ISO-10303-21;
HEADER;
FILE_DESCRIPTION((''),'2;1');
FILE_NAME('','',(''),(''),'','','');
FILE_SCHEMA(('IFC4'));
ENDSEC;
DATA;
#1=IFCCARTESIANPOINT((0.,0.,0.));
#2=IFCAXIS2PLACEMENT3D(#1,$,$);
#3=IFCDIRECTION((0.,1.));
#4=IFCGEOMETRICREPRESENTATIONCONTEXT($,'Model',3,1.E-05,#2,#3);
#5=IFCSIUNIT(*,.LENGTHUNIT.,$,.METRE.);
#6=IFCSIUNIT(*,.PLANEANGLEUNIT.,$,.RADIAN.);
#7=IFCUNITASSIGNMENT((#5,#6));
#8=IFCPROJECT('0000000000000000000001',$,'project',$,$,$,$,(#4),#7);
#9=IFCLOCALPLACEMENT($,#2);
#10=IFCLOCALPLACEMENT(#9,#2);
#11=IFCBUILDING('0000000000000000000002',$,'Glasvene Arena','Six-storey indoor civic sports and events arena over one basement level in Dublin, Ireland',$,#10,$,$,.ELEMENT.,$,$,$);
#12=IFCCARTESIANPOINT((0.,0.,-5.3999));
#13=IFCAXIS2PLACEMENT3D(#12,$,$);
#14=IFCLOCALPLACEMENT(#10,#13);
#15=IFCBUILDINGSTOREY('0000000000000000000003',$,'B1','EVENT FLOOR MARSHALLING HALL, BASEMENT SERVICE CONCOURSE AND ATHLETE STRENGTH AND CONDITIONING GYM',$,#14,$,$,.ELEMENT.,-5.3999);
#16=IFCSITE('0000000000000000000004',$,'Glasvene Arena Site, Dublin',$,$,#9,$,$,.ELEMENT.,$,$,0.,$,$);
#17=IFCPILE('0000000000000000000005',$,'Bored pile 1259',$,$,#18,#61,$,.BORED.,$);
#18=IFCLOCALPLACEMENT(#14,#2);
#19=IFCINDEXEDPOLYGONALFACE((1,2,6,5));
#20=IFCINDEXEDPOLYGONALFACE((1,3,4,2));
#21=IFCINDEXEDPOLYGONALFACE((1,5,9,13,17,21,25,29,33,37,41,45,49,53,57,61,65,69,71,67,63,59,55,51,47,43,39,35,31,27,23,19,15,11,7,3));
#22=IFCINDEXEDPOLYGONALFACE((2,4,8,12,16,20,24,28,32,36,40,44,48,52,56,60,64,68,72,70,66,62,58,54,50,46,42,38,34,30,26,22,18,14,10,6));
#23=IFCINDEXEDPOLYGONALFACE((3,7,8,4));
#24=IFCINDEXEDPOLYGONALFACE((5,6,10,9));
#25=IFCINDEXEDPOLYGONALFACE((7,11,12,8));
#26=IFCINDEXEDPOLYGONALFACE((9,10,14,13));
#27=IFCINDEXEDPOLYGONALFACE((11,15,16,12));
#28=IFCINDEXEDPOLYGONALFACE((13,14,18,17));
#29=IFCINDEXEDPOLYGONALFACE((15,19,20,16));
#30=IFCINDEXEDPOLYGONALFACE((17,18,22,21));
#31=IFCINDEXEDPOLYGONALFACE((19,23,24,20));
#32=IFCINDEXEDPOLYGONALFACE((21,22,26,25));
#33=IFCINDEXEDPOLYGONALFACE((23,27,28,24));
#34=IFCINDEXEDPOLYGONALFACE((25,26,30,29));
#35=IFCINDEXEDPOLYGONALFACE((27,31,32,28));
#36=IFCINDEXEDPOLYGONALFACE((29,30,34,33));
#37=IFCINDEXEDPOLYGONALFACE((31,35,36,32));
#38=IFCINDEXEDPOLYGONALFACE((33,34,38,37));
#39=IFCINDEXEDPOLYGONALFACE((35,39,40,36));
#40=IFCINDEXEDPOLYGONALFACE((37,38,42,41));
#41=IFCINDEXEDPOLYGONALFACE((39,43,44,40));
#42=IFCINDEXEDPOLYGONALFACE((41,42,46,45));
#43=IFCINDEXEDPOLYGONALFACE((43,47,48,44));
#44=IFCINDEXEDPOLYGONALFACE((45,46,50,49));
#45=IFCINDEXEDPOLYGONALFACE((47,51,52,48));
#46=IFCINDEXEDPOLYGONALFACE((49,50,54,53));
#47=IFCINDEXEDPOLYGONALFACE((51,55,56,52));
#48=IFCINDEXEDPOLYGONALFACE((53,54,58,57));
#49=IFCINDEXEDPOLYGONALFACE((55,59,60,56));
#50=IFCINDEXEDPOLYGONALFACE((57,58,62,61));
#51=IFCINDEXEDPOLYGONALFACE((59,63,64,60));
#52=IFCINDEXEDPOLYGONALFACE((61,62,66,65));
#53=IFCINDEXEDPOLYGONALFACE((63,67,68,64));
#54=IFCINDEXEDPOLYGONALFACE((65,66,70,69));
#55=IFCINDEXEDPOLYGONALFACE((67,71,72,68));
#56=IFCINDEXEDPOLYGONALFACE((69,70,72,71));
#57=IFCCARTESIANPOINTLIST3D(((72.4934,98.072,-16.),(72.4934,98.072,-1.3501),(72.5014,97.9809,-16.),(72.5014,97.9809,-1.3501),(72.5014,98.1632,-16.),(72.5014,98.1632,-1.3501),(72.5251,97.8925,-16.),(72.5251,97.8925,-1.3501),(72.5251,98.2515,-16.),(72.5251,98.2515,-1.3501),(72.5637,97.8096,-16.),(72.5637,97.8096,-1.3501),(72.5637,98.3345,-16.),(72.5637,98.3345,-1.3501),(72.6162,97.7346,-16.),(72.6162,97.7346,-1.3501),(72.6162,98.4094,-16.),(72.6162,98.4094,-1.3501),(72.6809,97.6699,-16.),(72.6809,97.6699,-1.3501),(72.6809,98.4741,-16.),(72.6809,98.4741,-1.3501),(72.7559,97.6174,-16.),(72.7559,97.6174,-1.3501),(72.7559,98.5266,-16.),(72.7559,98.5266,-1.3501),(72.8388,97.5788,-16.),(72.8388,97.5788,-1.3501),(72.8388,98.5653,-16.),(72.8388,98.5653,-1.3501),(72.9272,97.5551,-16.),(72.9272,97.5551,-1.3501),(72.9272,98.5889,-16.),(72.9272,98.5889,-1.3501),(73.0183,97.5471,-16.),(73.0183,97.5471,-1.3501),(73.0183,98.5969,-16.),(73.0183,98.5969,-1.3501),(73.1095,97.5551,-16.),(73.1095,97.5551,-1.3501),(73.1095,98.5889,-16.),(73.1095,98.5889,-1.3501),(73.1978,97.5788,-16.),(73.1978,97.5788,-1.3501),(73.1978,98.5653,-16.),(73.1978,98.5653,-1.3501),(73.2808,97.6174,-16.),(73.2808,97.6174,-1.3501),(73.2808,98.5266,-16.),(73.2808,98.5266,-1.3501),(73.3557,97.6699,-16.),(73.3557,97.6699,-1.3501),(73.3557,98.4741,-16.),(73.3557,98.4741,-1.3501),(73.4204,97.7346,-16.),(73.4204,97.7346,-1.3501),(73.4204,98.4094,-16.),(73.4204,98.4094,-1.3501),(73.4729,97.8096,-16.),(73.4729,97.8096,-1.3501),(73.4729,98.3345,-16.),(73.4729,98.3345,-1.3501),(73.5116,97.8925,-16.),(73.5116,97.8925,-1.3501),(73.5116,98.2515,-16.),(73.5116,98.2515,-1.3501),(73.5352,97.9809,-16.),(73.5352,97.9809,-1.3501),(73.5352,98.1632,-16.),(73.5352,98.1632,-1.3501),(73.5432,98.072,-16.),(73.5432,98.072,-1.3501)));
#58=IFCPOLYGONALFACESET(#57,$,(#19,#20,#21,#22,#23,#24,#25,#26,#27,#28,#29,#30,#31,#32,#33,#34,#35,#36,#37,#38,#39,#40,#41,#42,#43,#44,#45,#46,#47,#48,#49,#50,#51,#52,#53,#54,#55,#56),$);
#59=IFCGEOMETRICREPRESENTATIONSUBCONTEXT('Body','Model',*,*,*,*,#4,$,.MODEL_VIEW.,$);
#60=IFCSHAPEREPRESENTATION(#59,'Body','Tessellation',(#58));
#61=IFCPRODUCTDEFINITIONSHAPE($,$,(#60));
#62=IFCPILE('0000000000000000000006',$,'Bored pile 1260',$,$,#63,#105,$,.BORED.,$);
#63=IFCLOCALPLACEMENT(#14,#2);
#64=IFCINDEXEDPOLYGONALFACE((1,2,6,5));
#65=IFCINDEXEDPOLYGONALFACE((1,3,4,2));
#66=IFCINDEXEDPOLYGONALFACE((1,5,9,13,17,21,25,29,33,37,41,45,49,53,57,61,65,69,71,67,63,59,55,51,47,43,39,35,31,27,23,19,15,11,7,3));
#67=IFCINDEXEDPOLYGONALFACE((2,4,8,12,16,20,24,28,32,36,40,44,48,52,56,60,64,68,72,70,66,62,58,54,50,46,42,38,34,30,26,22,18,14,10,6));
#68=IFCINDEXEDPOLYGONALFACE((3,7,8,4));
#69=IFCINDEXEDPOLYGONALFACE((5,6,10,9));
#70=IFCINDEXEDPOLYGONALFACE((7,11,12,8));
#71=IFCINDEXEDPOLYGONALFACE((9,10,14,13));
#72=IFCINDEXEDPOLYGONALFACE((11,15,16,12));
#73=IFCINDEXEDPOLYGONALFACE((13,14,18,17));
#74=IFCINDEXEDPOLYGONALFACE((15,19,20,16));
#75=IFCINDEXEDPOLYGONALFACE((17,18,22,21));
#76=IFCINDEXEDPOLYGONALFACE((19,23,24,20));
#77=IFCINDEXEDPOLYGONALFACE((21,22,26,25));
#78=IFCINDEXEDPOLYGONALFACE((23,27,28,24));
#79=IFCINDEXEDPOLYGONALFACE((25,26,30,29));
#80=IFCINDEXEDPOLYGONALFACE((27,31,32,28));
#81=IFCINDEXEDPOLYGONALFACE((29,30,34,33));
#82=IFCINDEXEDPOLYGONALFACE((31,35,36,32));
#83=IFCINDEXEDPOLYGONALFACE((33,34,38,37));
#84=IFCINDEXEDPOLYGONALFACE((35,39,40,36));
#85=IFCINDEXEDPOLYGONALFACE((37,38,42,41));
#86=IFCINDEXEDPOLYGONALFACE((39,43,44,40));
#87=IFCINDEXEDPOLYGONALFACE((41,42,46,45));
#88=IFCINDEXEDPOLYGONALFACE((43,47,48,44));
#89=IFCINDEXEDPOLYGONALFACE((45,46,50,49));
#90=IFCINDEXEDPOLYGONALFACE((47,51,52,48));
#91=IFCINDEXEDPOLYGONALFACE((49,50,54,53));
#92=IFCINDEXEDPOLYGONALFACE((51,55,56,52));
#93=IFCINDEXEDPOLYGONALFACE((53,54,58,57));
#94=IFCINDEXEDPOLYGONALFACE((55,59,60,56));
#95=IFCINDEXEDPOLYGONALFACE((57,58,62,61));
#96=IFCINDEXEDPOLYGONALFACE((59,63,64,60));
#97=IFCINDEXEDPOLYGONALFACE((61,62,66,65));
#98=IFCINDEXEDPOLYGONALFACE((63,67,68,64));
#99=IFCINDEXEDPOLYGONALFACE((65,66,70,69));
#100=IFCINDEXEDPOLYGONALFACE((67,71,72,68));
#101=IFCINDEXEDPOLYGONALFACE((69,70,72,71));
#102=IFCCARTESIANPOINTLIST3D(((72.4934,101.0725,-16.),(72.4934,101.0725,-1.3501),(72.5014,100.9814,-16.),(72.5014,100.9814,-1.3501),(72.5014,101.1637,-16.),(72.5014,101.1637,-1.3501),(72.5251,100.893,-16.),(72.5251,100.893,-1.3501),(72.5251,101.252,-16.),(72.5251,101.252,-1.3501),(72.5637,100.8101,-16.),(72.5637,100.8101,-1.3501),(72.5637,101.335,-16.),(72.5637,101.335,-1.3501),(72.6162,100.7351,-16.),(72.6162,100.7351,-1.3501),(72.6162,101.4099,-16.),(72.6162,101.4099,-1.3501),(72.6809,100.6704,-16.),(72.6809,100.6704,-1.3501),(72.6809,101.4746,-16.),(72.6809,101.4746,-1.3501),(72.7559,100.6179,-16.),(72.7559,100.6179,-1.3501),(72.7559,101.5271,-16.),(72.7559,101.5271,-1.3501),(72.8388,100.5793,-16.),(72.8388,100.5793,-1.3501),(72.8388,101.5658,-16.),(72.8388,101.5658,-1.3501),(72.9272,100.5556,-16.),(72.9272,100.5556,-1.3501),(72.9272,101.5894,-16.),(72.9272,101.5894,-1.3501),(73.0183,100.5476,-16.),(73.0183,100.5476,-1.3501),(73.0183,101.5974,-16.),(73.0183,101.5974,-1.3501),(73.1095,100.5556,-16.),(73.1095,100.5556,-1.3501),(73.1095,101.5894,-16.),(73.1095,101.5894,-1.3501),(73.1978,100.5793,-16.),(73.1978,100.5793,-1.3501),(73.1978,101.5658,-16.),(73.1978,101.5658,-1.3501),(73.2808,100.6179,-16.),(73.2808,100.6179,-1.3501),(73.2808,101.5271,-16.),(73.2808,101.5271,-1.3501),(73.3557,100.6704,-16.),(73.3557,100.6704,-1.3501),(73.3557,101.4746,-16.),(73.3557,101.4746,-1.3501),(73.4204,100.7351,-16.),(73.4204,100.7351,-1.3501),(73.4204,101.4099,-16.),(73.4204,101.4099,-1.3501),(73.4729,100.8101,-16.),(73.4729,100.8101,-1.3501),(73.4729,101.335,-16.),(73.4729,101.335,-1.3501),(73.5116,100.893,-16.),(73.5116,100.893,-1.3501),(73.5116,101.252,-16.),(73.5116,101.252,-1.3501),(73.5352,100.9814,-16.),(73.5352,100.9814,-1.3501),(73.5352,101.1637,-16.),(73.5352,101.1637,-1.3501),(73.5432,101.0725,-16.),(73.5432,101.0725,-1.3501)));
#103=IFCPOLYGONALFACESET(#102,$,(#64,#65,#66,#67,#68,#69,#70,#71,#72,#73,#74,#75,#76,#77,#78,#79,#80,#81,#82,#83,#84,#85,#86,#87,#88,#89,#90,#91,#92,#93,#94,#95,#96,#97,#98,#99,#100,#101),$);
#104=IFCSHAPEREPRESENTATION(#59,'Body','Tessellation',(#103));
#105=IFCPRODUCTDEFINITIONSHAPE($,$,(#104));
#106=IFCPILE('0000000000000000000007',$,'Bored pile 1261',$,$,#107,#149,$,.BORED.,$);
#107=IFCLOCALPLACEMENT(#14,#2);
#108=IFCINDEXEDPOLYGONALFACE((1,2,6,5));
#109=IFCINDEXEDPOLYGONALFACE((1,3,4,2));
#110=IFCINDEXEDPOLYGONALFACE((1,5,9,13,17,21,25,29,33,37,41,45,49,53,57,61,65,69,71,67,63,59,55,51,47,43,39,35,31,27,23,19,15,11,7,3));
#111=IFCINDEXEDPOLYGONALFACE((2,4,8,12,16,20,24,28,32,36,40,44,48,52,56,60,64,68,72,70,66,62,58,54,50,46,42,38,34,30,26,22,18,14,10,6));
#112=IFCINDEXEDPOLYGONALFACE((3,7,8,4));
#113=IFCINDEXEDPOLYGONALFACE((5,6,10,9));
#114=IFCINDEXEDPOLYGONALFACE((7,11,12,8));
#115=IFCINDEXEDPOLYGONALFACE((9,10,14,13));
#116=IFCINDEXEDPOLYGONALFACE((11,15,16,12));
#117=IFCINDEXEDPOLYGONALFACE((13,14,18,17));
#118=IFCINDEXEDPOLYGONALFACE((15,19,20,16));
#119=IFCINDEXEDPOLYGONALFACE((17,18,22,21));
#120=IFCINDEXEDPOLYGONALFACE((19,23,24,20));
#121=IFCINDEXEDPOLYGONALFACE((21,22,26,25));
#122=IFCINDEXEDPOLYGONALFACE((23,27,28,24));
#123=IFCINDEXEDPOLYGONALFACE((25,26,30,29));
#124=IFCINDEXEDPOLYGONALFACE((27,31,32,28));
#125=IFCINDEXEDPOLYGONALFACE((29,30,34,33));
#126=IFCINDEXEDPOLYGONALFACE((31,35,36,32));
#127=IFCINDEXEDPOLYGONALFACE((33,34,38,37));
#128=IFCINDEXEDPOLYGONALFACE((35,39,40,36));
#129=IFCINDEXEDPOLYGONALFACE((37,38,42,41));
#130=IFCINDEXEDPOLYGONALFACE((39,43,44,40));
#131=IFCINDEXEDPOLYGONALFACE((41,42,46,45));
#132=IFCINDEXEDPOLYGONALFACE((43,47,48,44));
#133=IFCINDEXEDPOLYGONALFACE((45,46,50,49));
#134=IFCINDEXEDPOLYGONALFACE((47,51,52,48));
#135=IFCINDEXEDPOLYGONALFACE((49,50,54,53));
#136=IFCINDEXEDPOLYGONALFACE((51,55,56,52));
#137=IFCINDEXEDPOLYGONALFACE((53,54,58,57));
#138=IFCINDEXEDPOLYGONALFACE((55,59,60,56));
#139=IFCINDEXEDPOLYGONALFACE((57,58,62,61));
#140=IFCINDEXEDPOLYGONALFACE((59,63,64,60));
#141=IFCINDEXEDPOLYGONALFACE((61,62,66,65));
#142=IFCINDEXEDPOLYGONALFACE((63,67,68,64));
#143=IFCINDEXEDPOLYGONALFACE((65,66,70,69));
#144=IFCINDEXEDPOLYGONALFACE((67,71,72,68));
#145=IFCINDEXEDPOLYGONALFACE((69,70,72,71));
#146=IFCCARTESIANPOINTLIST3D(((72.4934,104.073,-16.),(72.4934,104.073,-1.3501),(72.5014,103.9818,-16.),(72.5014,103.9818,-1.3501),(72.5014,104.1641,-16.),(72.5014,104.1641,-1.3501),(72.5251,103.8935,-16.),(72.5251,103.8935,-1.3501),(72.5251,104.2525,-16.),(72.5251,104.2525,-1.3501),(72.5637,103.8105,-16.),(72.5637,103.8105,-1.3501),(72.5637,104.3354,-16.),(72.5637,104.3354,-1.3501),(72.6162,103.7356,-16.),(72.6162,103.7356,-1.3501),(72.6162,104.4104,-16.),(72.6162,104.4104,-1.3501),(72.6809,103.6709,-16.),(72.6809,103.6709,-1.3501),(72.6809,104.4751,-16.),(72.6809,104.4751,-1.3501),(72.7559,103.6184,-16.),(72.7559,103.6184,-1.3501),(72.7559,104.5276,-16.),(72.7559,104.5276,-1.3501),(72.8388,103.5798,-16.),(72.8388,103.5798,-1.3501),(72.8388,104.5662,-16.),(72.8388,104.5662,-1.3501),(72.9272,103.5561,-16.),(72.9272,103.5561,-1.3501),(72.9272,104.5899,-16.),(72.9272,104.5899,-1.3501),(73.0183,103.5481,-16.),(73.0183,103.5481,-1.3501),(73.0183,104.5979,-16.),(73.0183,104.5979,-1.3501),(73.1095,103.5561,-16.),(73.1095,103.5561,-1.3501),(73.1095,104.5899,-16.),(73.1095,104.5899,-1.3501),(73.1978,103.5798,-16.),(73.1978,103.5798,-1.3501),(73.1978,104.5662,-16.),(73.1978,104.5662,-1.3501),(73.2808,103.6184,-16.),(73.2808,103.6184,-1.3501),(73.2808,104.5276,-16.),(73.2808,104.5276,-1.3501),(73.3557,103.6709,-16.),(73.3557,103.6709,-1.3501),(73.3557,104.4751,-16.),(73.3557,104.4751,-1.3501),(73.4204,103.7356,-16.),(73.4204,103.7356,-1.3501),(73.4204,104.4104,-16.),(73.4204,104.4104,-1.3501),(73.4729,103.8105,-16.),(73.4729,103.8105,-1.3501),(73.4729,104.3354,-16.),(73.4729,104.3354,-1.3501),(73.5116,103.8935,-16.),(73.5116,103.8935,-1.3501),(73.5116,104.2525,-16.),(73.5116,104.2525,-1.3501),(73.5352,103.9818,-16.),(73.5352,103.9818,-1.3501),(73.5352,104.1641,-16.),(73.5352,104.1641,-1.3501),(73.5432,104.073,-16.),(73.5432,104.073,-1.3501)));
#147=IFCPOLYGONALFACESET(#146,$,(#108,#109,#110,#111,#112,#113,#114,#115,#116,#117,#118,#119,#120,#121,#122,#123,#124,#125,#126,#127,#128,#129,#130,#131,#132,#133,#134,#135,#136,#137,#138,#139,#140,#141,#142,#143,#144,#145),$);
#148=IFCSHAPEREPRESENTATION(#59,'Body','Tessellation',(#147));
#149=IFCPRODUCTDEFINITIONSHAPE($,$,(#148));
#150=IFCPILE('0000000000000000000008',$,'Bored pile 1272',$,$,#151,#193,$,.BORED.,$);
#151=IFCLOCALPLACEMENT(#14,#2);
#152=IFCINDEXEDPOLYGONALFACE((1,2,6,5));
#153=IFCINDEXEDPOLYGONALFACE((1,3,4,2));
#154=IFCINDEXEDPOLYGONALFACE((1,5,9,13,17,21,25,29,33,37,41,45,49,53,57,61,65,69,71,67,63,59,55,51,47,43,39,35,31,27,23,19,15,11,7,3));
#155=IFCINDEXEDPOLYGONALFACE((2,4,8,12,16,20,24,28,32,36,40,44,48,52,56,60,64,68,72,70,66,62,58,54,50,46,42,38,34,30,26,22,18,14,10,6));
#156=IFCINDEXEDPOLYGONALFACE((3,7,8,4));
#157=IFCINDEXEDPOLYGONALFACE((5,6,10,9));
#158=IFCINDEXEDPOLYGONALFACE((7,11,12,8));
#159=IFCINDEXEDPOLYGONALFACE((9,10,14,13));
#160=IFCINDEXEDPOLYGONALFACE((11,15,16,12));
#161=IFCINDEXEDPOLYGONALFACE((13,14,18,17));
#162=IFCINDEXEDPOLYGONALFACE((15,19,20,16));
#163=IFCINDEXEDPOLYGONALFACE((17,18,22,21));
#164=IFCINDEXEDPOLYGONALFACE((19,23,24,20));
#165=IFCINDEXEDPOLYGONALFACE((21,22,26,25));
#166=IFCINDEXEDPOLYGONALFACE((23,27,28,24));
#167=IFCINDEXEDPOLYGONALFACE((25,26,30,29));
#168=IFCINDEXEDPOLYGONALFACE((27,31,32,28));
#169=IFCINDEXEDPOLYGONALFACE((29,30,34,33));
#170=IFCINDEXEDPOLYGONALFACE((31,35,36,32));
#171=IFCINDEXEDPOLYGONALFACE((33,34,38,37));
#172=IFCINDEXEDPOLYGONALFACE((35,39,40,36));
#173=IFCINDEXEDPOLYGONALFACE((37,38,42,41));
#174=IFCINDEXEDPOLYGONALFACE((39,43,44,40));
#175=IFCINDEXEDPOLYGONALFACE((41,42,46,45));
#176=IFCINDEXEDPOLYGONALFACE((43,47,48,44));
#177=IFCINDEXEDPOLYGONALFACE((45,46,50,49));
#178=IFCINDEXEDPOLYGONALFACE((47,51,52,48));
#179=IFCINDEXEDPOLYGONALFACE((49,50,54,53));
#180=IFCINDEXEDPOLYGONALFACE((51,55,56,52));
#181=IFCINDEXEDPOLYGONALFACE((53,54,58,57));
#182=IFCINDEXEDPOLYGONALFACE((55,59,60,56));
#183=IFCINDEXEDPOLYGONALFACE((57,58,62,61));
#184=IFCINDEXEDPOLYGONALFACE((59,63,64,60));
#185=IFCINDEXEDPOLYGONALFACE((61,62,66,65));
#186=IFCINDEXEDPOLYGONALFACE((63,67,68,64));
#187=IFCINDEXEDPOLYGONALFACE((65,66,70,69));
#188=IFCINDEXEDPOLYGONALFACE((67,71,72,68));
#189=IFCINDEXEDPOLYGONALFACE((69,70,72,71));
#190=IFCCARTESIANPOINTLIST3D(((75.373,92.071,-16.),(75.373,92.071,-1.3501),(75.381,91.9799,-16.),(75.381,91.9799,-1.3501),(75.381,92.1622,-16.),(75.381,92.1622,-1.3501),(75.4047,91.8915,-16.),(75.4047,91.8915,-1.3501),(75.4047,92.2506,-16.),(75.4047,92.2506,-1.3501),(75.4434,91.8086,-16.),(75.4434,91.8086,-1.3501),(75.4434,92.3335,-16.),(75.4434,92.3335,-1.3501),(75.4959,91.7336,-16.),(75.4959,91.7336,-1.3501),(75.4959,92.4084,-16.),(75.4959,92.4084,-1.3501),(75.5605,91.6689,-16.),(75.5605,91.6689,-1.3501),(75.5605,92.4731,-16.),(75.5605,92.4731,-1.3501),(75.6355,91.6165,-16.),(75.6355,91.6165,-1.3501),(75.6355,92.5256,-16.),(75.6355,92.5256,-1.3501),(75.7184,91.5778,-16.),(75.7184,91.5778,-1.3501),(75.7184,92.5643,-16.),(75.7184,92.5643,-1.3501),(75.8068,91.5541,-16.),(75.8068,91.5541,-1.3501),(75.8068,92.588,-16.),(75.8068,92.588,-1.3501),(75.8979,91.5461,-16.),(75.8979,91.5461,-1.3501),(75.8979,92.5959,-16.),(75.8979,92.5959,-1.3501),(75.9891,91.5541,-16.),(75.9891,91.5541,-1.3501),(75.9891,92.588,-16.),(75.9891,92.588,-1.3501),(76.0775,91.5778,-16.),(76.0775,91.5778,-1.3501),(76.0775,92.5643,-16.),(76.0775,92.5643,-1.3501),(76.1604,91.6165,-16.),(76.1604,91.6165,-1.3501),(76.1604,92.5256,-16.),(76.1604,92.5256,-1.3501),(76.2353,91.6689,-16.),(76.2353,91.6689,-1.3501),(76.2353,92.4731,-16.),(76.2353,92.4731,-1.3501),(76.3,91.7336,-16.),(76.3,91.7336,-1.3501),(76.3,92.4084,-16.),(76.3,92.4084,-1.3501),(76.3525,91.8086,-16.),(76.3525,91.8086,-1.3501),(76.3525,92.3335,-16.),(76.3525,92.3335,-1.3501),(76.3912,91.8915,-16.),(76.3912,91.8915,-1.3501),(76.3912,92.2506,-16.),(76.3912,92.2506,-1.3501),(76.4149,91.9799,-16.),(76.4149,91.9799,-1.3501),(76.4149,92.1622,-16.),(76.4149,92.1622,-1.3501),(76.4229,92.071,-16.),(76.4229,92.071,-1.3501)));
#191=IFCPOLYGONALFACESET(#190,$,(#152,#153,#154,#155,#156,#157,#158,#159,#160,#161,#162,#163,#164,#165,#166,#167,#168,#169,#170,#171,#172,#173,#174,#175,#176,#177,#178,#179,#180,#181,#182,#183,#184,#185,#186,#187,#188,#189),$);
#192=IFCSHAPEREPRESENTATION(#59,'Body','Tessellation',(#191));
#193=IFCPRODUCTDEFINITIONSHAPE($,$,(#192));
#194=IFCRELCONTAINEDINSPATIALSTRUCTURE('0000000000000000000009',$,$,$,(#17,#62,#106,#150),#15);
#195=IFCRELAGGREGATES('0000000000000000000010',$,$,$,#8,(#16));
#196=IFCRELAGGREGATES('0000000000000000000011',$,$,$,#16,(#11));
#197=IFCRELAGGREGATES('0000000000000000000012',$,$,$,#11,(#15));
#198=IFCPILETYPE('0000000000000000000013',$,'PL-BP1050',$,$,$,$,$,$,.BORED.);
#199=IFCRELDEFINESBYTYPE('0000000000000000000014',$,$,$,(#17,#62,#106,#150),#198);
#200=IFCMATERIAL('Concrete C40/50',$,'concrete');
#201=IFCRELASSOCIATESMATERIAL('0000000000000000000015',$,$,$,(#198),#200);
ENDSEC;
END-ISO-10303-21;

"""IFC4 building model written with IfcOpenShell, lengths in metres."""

from ifc_helpers import new_model, si_unit, direction, frame, origin, origin_2d, place, context, subcontext, project, spatial, circle, extrude, material, material_profile, profile_set, type_object, element, save


model = new_model("IFC4")

# Units and contexts
model_context = context("Model", 3, precision=1e-05, world=origin(), true_north=direction((0.0, 1.0)))
body_context = subcontext(model_context, "Body", "Model", "MODEL_VIEW")
ifc_project = project(units=[si_unit("LENGTHUNIT", "METRE"), si_unit("PLANEANGLEUNIT", "RADIAN")], contexts=[model_context])

# Site, building, storey
site_placement = place(None, origin())
site = spatial("IfcSite", under=ifc_project, at=site_placement, Name="Glasvene Arena Site, Dublin", CompositionType="ELEMENT", RefElevation=0.0)
building_placement = place(site_placement, origin())
building = spatial("IfcBuilding", under=site, at=building_placement, Name="Glasvene Arena", Description="Six-storey indoor civic sports and events arena over one basement level in Dublin, Ireland", CompositionType="ELEMENT")
storey_placement = place(building_placement, frame((0.0, 0.0, -5.3999)))
storey = spatial("IfcBuildingStorey", under=building, at=storey_placement, Name="B1", Description="EVENT FLOOR MARSHALLING HALL, BASEMENT SERVICE CONCOURSE AND ATHLETE STRENGTH AND CONDITIONING GYM", CompositionType="ELEMENT", Elevation=-5.3999)

# Piles
ifc_material_1 = material(Name="Concrete C40/50", Category="concrete")
ifc_material_profile_1 = material_profile(ifc_material_1, circle(Radius=0.5249, at=origin_2d()), Name="BORED PILE 1050")
ifc_profile_set_1 = profile_set([ifc_material_profile_1], Name="Concrete C40/50")
pile_type = type_object("IfcPileType", Name="PL-BP1050", PredefinedType="BORED", material=ifc_profile_set_1)
for number, where, z_axis, x_axis, name in (
    (1, (73.0183, 98.072, -1.3501), (0.0, 0.0, -1.0), (1.0, 0.0, 0.0), "Bored pile 1259"),
    (2, (73.0183, 101.0725, -1.3501), (0.0, 0.0, -1.0), (1.0, 0.0, 0.0), "Bored pile 1260"),
    (3, (73.0183, 104.073, -1.3501), (0.0, 0.0, -1.0), (1.0, 0.0, 0.0), "Bored pile 1261"),
    (4, (75.8979, 92.071, -1.3501), (0.0, 0.0, -1.0), (1.0, 0.0, 0.0), "Bored pile 1272"),
):
    element("IfcPile", number, at=place(storey_placement, frame(where, z_axis=z_axis, x_axis=x_axis)), inside=storey, type_object=pile_type, Name=name, PredefinedType="BORED", context=body_context, shape_type="SweptSolid", body=[
        extrude(circle(Radius=0.5249, at=origin_2d()), origin(), (0.0, 0.0, 1.0), 14.6499),
    ])

save(model, "model.ifc")
